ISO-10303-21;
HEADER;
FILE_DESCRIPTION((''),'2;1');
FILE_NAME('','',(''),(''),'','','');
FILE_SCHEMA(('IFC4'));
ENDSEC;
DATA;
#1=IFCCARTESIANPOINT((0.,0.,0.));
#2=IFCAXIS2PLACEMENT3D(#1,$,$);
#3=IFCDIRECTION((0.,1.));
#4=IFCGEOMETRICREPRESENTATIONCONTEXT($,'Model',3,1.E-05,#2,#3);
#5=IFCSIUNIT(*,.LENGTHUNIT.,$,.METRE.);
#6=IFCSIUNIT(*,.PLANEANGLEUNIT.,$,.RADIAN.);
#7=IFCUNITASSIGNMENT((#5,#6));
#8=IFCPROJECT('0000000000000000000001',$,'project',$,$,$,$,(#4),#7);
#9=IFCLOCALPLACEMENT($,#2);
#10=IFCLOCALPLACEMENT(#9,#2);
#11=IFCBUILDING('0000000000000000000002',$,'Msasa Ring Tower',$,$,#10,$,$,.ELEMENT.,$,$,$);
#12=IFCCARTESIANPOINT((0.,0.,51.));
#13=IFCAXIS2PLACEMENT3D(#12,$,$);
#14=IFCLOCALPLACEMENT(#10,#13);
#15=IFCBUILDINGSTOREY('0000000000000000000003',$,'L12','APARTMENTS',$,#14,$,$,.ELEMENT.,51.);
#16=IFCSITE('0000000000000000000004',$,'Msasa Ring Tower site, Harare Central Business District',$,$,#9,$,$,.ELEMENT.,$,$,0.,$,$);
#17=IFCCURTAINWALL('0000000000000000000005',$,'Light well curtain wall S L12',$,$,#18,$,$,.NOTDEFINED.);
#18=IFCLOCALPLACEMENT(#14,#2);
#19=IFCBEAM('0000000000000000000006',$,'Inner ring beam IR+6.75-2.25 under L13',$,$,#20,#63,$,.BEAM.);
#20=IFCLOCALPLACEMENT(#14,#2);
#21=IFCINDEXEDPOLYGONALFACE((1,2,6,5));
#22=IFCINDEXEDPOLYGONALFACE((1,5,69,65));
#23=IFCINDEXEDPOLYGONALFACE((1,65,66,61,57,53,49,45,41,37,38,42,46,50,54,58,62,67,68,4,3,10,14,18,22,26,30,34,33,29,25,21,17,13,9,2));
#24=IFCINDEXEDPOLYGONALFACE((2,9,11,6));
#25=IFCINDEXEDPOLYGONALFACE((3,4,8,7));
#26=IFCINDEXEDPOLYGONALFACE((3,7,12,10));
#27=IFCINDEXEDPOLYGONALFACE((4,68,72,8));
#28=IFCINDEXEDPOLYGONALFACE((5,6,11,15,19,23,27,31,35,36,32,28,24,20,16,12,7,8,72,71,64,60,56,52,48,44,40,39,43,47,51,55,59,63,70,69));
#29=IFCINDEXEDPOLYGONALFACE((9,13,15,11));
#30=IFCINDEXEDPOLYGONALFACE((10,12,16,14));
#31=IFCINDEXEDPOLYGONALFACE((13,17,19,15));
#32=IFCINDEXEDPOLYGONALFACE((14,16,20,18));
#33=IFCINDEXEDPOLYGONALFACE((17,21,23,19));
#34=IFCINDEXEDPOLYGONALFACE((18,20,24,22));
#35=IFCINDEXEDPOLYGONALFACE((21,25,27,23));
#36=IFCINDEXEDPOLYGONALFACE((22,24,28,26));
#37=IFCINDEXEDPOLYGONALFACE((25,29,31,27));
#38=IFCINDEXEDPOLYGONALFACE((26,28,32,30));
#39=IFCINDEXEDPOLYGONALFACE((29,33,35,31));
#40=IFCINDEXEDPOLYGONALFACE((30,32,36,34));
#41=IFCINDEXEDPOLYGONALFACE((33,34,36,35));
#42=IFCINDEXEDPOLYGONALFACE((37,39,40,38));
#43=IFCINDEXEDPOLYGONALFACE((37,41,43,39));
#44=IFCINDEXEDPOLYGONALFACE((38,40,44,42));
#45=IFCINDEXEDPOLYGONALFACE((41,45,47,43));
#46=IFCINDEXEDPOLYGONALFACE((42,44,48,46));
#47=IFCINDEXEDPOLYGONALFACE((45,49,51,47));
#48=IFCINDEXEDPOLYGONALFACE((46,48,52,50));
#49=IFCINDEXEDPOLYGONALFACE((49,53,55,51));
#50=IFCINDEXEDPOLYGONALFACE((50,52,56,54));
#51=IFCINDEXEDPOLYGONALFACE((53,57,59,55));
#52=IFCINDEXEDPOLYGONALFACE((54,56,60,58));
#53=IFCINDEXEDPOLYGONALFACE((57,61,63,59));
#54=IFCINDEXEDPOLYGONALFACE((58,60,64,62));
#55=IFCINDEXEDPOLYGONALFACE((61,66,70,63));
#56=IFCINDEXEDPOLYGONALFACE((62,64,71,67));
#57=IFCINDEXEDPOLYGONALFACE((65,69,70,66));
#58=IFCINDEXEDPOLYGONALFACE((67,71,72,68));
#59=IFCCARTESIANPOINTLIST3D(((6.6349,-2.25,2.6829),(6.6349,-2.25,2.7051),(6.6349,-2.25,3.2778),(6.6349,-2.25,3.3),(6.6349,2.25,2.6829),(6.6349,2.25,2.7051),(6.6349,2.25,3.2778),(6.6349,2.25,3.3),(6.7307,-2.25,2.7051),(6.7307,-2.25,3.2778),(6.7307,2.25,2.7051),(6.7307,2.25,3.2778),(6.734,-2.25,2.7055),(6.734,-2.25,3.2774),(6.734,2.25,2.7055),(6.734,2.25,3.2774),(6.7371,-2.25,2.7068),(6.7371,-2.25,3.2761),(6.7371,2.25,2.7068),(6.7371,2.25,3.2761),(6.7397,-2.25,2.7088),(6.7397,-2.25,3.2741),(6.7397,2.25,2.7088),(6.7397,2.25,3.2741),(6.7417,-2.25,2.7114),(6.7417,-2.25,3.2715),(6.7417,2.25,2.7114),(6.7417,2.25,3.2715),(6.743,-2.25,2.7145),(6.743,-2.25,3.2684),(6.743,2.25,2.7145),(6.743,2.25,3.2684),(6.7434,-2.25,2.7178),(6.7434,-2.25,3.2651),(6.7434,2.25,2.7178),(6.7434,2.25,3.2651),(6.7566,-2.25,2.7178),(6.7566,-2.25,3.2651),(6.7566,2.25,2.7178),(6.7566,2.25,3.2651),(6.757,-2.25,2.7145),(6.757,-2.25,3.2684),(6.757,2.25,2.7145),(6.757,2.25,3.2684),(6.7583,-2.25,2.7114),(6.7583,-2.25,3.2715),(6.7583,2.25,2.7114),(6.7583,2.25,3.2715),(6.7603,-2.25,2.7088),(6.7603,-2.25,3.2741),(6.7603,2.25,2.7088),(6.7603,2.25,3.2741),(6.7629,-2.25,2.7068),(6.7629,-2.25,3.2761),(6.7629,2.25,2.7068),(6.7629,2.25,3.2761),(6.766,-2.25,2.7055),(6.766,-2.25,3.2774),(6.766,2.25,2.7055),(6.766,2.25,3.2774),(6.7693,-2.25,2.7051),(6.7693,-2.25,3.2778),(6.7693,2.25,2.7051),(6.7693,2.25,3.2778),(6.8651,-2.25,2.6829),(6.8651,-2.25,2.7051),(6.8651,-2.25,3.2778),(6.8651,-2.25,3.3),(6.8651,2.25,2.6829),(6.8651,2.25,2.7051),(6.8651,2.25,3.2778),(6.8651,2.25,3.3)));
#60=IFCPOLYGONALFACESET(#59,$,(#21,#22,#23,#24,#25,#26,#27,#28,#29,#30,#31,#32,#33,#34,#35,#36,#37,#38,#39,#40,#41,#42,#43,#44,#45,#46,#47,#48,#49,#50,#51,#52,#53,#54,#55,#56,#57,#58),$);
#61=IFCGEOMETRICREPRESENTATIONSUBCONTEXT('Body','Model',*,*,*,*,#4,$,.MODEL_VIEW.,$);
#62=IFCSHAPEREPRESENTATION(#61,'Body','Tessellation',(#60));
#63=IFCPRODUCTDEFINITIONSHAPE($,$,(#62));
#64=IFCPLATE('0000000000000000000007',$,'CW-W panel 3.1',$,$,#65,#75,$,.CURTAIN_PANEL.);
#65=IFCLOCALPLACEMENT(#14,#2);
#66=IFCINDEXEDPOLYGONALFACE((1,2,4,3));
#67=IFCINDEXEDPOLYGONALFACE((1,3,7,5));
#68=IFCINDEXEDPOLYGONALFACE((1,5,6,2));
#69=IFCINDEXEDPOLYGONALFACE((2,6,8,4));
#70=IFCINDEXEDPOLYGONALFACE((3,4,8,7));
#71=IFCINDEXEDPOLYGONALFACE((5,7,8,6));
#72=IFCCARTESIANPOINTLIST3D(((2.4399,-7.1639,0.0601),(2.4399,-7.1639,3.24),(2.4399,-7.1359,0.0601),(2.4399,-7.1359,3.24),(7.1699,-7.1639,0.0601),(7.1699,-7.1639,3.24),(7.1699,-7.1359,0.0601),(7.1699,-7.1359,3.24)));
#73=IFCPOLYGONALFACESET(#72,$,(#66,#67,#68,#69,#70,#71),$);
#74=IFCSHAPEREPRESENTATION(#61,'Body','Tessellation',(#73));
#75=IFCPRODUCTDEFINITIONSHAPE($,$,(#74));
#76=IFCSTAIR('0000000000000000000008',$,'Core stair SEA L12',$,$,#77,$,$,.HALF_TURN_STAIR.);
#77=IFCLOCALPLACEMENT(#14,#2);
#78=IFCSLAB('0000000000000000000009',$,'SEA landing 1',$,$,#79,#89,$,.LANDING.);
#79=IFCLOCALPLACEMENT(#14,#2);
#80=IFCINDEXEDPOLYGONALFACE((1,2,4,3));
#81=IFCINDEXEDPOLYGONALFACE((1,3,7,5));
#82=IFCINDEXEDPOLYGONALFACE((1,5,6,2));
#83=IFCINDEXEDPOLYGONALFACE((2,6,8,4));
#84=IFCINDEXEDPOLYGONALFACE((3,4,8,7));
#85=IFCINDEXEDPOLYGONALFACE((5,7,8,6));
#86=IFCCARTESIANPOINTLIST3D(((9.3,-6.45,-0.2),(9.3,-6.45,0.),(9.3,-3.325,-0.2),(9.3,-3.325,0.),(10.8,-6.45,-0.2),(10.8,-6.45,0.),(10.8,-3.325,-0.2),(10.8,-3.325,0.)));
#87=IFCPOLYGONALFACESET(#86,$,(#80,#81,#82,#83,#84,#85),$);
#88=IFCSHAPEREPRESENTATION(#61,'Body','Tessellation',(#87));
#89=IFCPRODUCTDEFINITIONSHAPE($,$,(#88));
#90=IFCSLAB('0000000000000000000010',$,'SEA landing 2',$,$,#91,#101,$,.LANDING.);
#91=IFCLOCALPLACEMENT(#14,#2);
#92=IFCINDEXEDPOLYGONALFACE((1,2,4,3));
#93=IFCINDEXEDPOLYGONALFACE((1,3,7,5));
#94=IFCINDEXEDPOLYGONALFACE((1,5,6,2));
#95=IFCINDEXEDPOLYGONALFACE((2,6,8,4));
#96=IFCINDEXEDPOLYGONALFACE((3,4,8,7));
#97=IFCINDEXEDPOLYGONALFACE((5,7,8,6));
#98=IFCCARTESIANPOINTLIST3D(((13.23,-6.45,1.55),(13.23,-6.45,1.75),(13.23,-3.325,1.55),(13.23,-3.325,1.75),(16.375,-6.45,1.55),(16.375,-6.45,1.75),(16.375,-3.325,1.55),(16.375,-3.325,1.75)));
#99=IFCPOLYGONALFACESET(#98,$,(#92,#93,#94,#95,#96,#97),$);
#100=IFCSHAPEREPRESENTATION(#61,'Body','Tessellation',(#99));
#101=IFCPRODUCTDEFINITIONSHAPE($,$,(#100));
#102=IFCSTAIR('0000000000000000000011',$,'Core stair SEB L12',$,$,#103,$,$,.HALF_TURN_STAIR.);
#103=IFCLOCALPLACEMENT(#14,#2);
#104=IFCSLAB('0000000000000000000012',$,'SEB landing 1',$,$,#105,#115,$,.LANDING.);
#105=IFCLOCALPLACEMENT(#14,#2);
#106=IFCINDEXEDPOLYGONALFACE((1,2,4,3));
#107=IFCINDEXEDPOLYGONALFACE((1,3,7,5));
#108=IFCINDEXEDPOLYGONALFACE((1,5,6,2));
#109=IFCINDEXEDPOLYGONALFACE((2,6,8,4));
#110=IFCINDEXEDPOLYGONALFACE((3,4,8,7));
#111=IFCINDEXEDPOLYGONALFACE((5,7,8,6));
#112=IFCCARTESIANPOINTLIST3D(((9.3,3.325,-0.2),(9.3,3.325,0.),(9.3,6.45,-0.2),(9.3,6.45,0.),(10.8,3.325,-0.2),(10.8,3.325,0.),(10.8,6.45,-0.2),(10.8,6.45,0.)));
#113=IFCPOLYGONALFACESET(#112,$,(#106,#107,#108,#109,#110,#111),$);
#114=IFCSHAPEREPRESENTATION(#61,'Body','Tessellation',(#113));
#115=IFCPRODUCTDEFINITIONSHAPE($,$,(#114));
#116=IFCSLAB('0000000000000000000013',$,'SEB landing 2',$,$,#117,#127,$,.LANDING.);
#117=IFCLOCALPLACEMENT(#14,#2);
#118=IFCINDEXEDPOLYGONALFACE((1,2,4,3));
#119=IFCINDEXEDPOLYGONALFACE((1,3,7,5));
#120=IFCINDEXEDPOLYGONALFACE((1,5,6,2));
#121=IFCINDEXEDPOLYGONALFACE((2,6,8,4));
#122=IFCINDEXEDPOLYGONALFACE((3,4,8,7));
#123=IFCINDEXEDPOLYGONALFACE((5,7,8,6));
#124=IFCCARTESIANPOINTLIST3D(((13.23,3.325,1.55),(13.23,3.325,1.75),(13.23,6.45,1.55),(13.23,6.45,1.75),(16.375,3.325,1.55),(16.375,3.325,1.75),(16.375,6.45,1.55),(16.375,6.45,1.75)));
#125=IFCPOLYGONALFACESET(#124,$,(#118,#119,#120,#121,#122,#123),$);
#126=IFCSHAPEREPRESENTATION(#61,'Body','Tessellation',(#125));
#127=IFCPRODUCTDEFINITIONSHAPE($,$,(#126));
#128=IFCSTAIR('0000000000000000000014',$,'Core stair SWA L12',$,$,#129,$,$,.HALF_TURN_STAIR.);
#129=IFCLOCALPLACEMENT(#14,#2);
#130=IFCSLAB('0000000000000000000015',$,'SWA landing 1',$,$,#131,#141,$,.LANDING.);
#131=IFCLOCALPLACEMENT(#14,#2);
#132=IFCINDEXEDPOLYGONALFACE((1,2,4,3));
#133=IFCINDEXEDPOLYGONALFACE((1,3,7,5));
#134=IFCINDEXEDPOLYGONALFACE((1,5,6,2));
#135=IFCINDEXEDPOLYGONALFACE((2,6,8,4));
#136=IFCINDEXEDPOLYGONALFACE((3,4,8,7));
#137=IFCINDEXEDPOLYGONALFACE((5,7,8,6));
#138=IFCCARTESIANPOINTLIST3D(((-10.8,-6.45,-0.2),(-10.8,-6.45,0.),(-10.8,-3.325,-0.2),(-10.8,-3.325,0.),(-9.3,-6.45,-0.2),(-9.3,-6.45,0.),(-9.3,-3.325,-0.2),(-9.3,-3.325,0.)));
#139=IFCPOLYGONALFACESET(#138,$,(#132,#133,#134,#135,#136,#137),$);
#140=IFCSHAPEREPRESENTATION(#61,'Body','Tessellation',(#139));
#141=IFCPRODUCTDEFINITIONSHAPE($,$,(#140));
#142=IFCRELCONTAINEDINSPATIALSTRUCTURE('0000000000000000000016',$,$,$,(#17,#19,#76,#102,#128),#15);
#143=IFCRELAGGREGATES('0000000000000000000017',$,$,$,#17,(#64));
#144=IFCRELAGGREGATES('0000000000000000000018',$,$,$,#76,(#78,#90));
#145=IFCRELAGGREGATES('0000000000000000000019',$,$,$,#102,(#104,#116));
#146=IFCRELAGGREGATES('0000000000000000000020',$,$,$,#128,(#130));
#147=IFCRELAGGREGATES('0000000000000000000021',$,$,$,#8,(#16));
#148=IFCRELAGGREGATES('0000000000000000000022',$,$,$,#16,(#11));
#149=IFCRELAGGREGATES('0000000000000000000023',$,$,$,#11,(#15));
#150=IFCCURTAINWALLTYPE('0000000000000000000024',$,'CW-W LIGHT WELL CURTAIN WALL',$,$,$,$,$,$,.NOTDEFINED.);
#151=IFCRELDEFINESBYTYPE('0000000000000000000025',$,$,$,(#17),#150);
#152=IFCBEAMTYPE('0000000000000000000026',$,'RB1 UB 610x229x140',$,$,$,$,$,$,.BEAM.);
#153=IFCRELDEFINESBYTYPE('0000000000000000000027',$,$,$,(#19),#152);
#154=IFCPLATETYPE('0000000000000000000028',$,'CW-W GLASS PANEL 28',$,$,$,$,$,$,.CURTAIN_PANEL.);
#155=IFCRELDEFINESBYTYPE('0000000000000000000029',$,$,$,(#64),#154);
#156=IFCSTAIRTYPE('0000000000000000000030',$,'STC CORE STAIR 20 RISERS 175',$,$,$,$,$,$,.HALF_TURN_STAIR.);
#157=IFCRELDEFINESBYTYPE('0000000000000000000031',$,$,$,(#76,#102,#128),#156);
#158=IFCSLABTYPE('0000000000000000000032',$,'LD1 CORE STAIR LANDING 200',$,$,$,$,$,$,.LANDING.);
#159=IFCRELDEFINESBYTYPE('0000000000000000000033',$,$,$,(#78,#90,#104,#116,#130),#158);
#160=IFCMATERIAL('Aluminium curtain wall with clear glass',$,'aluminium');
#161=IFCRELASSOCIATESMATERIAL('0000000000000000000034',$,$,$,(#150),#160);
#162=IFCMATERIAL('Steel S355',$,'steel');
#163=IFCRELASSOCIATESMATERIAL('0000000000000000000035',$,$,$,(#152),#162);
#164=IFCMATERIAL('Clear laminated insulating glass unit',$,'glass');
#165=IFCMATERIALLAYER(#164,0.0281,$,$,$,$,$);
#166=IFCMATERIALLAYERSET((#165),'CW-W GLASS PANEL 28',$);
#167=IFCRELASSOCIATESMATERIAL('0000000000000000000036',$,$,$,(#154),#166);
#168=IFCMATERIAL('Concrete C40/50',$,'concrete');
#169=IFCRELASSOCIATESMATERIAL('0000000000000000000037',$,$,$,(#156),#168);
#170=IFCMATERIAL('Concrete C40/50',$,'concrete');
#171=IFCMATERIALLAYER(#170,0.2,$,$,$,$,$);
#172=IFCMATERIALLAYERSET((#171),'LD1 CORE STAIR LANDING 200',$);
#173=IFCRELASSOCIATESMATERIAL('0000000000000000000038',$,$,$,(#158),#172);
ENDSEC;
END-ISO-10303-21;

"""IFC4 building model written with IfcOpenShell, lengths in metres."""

from ifc_helpers import new_model, si_unit, direction, frame, origin, origin_2d, place, context, subcontext, project, spatial, polyline, rectangle, i_section, outline, extrude, material, layer, layer_set, material_profile, profile_set, type_object, element, aggregate, save


model = new_model("IFC4")

# Units and contexts
model_context = context("Model", 3, precision=1e-05, world=origin(), true_north=direction((0.0, 1.0)))
body_context = subcontext(model_context, "Body", "Model", "MODEL_VIEW")
ifc_project = project(units=[si_unit("LENGTHUNIT", "METRE"), si_unit("PLANEANGLEUNIT", "RADIAN")], contexts=[model_context])

# Site, building, storey
site_placement = place(None, origin())
site = spatial("IfcSite", under=ifc_project, at=site_placement, Name="Msasa Ring Tower site, Harare Central Business District", CompositionType="ELEMENT", RefElevation=0.0)
building_placement = place(site_placement, origin())
building = spatial("IfcBuilding", under=site, at=building_placement, Name="Msasa Ring Tower", CompositionType="ELEMENT")
storey_placement = place(building_placement, frame((0.0, 0.0, 51.0)))
storey = spatial("IfcBuildingStorey", under=building, at=storey_placement, Name="L12", Description="APARTMENTS", CompositionType="ELEMENT", Elevation=51.0)

# Curtain wall
ifc_material_1 = material(Name="Aluminium curtain wall with clear glass", Category="aluminium")
curtain_wall_type = type_object("IfcCurtainWallType", Name="CW-W LIGHT WELL CURTAIN WALL", PredefinedType="NOTDEFINED", material=ifc_material_1)
curtain_wall_1_placement = place(storey_placement, origin())
curtain_wall_1 = element("IfcCurtainWall", 1, at=curtain_wall_1_placement, inside=storey, type_object=curtain_wall_type, Name="Light well curtain wall S L12", PredefinedType="NOTDEFINED")

# Beam
ifc_material_2 = material(Name="Steel S355", Category="steel")
ifc_material_profile_1 = material_profile(ifc_material_2, i_section(OverallWidth=0.2302, OverallDepth=0.6172, WebThickness=0.0132, FlangeThickness=0.0222, FilletRadius=0.0127, at=origin_2d()), Name="UB 610x229x140")
ifc_profile_set_1 = profile_set([ifc_material_profile_1], Name="Steel S355")
beam_type = type_object("IfcBeamType", Name="RB1 UB 610x229x140", PredefinedType="BEAM", material=ifc_profile_set_1)
for number, where, z_axis, x_axis, name in (
    (2, (6.75, -2.25, 2.9915), (0.0, 1.0, 0.0), (-1.0, 0.0, 0.0), "Inner ring beam IR+6.75-2.25 under L13"),
):
    element("IfcBeam", number, at=place(storey_placement, frame(where, z_axis=z_axis, x_axis=x_axis)), inside=storey, type_object=beam_type, Name=name, PredefinedType="BEAM", context=body_context, shape_type="SweptSolid", body=[
        extrude(i_section(OverallWidth=0.2302, OverallDepth=0.6172, WebThickness=0.0132, FlangeThickness=0.0222, FilletRadius=0.0127, at=origin_2d()), origin(), (0.0, 0.0, 1.0), 4.5),
    ])

# Plate
ifc_material_3 = material(Name="Clear laminated insulating glass unit", Category="glass")
ifc_layer_1 = layer(ifc_material_3, 0.0281)
ifc_layer_set_1 = layer_set([ifc_layer_1], Name="CW-W GLASS PANEL 28")
plate_type = type_object("IfcPlateType", Name="CW-W GLASS PANEL 28", PredefinedType="CURTAIN_PANEL", material=ifc_layer_set_1)
plate_placement = place(storey_placement, frame((4.8049, -7.1499, 0.0601), z_axis=(0.0, 0.0, 1.0), x_axis=(1.0, 0.0, 0.0)))
plate = element("IfcPlate", 3, at=plate_placement, type_object=plate_type, Name="CW-W panel 3.1", PredefinedType="CURTAIN_PANEL", context=body_context, shape_type="SweptSolid", body=[
    extrude(rectangle(XDim=4.73, YDim=0.0281, at=origin_2d()), origin(), (0.0, 0.0, 1.0), 3.1799),
])
aggregate(curtain_wall_1, [plate])

# Stairs, slabs
ifc_material_4 = material(Name="Concrete C40/50", Category="concrete")
stair_type = type_object("IfcStairType", Name="STC CORE STAIR 20 RISERS 175", PredefinedType="HALF_TURN_STAIR", material=ifc_material_4)
stair_1_placement = place(storey_placement, origin())
stair_1 = element("IfcStair", 4, at=stair_1_placement, inside=storey, type_object=stair_type, Name="Core stair SEA L12", PredefinedType="HALF_TURN_STAIR")
ifc_material_5 = material(Name="Concrete C40/50", Category="concrete")
ifc_layer_2 = layer(ifc_material_5, 0.2)
ifc_layer_set_2 = layer_set([ifc_layer_2], Name="LD1 CORE STAIR LANDING 200")
slab_type = type_object("IfcSlabType", Name="LD1 CORE STAIR LANDING 200", PredefinedType="LANDING", material=ifc_layer_set_2)
slab_1_placement = place(storey_placement, frame((0.0, 0.0, -0.2)))
slab_1 = element("IfcSlab", 5, at=slab_1_placement, type_object=slab_type, Name="SEA landing 1", PredefinedType="LANDING", context=body_context, shape_type="SweptSolid", body=[
    extrude(outline(polyline([(9.3, -6.45), (10.8, -6.45), (10.8, -3.325), (9.3, -3.325), (9.3, -6.45)])), origin(), (0.0, 0.0, 1.0), 0.2),
])
slab_2_placement = place(storey_placement, frame((0.0, 0.0, 1.55)))
slab_2 = element("IfcSlab", 6, at=slab_2_placement, type_object=slab_type, Name="SEA landing 2", PredefinedType="LANDING", context=body_context, shape_type="SweptSolid", body=[
    extrude(outline(polyline([(13.23, -6.45), (16.375, -6.45), (16.375, -3.325), (13.23, -3.325), (13.23, -6.45)])), origin(), (0.0, 0.0, 1.0), 0.2),
])
aggregate(stair_1, [slab_1, slab_2])
stair_2_placement = place(storey_placement, origin())
stair_2 = element("IfcStair", 7, at=stair_2_placement, inside=storey, type_object=stair_type, Name="Core stair SEB L12", PredefinedType="HALF_TURN_STAIR")
slab_3_placement = place(storey_placement, frame((0.0, 0.0, -0.2)))
slab_3 = element("IfcSlab", 8, at=slab_3_placement, type_object=slab_type, Name="SEB landing 1", PredefinedType="LANDING", context=body_context, shape_type="SweptSolid", body=[
    extrude(outline(polyline([(9.3, 3.325), (10.8, 3.325), (10.8, 6.45), (9.3, 6.45), (9.3, 3.325)])), origin(), (0.0, 0.0, 1.0), 0.2),
])
slab_4_placement = place(storey_placement, frame((0.0, 0.0, 1.55)))
slab_4 = element("IfcSlab", 9, at=slab_4_placement, type_object=slab_type, Name="SEB landing 2", PredefinedType="LANDING", context=body_context, shape_type="SweptSolid", body=[
    extrude(outline(polyline([(13.23, 3.325), (16.375, 3.325), (16.375, 6.45), (13.23, 6.45), (13.23, 3.325)])), origin(), (0.0, 0.0, 1.0), 0.2),
])
aggregate(stair_2, [slab_3, slab_4])

# Stair, slab
stair_3_placement = place(storey_placement, origin())
stair_3 = element("IfcStair", 10, at=stair_3_placement, inside=storey, type_object=stair_type, Name="Core stair SWA L12", PredefinedType="HALF_TURN_STAIR")
slab_5_placement = place(storey_placement, frame((0.0, 0.0, -0.2)))
slab_5 = element("IfcSlab", 11, at=slab_5_placement, type_object=slab_type, Name="SWA landing 1", PredefinedType="LANDING", context=body_context, shape_type="SweptSolid", body=[
    extrude(outline(polyline([(-10.8, -6.45), (-9.3, -6.45), (-9.3, -3.325), (-10.8, -3.325), (-10.8, -6.45)])), origin(), (0.0, 0.0, 1.0), 0.2),
])
aggregate(stair_3, [slab_5])

save(model, "model.ifc")
